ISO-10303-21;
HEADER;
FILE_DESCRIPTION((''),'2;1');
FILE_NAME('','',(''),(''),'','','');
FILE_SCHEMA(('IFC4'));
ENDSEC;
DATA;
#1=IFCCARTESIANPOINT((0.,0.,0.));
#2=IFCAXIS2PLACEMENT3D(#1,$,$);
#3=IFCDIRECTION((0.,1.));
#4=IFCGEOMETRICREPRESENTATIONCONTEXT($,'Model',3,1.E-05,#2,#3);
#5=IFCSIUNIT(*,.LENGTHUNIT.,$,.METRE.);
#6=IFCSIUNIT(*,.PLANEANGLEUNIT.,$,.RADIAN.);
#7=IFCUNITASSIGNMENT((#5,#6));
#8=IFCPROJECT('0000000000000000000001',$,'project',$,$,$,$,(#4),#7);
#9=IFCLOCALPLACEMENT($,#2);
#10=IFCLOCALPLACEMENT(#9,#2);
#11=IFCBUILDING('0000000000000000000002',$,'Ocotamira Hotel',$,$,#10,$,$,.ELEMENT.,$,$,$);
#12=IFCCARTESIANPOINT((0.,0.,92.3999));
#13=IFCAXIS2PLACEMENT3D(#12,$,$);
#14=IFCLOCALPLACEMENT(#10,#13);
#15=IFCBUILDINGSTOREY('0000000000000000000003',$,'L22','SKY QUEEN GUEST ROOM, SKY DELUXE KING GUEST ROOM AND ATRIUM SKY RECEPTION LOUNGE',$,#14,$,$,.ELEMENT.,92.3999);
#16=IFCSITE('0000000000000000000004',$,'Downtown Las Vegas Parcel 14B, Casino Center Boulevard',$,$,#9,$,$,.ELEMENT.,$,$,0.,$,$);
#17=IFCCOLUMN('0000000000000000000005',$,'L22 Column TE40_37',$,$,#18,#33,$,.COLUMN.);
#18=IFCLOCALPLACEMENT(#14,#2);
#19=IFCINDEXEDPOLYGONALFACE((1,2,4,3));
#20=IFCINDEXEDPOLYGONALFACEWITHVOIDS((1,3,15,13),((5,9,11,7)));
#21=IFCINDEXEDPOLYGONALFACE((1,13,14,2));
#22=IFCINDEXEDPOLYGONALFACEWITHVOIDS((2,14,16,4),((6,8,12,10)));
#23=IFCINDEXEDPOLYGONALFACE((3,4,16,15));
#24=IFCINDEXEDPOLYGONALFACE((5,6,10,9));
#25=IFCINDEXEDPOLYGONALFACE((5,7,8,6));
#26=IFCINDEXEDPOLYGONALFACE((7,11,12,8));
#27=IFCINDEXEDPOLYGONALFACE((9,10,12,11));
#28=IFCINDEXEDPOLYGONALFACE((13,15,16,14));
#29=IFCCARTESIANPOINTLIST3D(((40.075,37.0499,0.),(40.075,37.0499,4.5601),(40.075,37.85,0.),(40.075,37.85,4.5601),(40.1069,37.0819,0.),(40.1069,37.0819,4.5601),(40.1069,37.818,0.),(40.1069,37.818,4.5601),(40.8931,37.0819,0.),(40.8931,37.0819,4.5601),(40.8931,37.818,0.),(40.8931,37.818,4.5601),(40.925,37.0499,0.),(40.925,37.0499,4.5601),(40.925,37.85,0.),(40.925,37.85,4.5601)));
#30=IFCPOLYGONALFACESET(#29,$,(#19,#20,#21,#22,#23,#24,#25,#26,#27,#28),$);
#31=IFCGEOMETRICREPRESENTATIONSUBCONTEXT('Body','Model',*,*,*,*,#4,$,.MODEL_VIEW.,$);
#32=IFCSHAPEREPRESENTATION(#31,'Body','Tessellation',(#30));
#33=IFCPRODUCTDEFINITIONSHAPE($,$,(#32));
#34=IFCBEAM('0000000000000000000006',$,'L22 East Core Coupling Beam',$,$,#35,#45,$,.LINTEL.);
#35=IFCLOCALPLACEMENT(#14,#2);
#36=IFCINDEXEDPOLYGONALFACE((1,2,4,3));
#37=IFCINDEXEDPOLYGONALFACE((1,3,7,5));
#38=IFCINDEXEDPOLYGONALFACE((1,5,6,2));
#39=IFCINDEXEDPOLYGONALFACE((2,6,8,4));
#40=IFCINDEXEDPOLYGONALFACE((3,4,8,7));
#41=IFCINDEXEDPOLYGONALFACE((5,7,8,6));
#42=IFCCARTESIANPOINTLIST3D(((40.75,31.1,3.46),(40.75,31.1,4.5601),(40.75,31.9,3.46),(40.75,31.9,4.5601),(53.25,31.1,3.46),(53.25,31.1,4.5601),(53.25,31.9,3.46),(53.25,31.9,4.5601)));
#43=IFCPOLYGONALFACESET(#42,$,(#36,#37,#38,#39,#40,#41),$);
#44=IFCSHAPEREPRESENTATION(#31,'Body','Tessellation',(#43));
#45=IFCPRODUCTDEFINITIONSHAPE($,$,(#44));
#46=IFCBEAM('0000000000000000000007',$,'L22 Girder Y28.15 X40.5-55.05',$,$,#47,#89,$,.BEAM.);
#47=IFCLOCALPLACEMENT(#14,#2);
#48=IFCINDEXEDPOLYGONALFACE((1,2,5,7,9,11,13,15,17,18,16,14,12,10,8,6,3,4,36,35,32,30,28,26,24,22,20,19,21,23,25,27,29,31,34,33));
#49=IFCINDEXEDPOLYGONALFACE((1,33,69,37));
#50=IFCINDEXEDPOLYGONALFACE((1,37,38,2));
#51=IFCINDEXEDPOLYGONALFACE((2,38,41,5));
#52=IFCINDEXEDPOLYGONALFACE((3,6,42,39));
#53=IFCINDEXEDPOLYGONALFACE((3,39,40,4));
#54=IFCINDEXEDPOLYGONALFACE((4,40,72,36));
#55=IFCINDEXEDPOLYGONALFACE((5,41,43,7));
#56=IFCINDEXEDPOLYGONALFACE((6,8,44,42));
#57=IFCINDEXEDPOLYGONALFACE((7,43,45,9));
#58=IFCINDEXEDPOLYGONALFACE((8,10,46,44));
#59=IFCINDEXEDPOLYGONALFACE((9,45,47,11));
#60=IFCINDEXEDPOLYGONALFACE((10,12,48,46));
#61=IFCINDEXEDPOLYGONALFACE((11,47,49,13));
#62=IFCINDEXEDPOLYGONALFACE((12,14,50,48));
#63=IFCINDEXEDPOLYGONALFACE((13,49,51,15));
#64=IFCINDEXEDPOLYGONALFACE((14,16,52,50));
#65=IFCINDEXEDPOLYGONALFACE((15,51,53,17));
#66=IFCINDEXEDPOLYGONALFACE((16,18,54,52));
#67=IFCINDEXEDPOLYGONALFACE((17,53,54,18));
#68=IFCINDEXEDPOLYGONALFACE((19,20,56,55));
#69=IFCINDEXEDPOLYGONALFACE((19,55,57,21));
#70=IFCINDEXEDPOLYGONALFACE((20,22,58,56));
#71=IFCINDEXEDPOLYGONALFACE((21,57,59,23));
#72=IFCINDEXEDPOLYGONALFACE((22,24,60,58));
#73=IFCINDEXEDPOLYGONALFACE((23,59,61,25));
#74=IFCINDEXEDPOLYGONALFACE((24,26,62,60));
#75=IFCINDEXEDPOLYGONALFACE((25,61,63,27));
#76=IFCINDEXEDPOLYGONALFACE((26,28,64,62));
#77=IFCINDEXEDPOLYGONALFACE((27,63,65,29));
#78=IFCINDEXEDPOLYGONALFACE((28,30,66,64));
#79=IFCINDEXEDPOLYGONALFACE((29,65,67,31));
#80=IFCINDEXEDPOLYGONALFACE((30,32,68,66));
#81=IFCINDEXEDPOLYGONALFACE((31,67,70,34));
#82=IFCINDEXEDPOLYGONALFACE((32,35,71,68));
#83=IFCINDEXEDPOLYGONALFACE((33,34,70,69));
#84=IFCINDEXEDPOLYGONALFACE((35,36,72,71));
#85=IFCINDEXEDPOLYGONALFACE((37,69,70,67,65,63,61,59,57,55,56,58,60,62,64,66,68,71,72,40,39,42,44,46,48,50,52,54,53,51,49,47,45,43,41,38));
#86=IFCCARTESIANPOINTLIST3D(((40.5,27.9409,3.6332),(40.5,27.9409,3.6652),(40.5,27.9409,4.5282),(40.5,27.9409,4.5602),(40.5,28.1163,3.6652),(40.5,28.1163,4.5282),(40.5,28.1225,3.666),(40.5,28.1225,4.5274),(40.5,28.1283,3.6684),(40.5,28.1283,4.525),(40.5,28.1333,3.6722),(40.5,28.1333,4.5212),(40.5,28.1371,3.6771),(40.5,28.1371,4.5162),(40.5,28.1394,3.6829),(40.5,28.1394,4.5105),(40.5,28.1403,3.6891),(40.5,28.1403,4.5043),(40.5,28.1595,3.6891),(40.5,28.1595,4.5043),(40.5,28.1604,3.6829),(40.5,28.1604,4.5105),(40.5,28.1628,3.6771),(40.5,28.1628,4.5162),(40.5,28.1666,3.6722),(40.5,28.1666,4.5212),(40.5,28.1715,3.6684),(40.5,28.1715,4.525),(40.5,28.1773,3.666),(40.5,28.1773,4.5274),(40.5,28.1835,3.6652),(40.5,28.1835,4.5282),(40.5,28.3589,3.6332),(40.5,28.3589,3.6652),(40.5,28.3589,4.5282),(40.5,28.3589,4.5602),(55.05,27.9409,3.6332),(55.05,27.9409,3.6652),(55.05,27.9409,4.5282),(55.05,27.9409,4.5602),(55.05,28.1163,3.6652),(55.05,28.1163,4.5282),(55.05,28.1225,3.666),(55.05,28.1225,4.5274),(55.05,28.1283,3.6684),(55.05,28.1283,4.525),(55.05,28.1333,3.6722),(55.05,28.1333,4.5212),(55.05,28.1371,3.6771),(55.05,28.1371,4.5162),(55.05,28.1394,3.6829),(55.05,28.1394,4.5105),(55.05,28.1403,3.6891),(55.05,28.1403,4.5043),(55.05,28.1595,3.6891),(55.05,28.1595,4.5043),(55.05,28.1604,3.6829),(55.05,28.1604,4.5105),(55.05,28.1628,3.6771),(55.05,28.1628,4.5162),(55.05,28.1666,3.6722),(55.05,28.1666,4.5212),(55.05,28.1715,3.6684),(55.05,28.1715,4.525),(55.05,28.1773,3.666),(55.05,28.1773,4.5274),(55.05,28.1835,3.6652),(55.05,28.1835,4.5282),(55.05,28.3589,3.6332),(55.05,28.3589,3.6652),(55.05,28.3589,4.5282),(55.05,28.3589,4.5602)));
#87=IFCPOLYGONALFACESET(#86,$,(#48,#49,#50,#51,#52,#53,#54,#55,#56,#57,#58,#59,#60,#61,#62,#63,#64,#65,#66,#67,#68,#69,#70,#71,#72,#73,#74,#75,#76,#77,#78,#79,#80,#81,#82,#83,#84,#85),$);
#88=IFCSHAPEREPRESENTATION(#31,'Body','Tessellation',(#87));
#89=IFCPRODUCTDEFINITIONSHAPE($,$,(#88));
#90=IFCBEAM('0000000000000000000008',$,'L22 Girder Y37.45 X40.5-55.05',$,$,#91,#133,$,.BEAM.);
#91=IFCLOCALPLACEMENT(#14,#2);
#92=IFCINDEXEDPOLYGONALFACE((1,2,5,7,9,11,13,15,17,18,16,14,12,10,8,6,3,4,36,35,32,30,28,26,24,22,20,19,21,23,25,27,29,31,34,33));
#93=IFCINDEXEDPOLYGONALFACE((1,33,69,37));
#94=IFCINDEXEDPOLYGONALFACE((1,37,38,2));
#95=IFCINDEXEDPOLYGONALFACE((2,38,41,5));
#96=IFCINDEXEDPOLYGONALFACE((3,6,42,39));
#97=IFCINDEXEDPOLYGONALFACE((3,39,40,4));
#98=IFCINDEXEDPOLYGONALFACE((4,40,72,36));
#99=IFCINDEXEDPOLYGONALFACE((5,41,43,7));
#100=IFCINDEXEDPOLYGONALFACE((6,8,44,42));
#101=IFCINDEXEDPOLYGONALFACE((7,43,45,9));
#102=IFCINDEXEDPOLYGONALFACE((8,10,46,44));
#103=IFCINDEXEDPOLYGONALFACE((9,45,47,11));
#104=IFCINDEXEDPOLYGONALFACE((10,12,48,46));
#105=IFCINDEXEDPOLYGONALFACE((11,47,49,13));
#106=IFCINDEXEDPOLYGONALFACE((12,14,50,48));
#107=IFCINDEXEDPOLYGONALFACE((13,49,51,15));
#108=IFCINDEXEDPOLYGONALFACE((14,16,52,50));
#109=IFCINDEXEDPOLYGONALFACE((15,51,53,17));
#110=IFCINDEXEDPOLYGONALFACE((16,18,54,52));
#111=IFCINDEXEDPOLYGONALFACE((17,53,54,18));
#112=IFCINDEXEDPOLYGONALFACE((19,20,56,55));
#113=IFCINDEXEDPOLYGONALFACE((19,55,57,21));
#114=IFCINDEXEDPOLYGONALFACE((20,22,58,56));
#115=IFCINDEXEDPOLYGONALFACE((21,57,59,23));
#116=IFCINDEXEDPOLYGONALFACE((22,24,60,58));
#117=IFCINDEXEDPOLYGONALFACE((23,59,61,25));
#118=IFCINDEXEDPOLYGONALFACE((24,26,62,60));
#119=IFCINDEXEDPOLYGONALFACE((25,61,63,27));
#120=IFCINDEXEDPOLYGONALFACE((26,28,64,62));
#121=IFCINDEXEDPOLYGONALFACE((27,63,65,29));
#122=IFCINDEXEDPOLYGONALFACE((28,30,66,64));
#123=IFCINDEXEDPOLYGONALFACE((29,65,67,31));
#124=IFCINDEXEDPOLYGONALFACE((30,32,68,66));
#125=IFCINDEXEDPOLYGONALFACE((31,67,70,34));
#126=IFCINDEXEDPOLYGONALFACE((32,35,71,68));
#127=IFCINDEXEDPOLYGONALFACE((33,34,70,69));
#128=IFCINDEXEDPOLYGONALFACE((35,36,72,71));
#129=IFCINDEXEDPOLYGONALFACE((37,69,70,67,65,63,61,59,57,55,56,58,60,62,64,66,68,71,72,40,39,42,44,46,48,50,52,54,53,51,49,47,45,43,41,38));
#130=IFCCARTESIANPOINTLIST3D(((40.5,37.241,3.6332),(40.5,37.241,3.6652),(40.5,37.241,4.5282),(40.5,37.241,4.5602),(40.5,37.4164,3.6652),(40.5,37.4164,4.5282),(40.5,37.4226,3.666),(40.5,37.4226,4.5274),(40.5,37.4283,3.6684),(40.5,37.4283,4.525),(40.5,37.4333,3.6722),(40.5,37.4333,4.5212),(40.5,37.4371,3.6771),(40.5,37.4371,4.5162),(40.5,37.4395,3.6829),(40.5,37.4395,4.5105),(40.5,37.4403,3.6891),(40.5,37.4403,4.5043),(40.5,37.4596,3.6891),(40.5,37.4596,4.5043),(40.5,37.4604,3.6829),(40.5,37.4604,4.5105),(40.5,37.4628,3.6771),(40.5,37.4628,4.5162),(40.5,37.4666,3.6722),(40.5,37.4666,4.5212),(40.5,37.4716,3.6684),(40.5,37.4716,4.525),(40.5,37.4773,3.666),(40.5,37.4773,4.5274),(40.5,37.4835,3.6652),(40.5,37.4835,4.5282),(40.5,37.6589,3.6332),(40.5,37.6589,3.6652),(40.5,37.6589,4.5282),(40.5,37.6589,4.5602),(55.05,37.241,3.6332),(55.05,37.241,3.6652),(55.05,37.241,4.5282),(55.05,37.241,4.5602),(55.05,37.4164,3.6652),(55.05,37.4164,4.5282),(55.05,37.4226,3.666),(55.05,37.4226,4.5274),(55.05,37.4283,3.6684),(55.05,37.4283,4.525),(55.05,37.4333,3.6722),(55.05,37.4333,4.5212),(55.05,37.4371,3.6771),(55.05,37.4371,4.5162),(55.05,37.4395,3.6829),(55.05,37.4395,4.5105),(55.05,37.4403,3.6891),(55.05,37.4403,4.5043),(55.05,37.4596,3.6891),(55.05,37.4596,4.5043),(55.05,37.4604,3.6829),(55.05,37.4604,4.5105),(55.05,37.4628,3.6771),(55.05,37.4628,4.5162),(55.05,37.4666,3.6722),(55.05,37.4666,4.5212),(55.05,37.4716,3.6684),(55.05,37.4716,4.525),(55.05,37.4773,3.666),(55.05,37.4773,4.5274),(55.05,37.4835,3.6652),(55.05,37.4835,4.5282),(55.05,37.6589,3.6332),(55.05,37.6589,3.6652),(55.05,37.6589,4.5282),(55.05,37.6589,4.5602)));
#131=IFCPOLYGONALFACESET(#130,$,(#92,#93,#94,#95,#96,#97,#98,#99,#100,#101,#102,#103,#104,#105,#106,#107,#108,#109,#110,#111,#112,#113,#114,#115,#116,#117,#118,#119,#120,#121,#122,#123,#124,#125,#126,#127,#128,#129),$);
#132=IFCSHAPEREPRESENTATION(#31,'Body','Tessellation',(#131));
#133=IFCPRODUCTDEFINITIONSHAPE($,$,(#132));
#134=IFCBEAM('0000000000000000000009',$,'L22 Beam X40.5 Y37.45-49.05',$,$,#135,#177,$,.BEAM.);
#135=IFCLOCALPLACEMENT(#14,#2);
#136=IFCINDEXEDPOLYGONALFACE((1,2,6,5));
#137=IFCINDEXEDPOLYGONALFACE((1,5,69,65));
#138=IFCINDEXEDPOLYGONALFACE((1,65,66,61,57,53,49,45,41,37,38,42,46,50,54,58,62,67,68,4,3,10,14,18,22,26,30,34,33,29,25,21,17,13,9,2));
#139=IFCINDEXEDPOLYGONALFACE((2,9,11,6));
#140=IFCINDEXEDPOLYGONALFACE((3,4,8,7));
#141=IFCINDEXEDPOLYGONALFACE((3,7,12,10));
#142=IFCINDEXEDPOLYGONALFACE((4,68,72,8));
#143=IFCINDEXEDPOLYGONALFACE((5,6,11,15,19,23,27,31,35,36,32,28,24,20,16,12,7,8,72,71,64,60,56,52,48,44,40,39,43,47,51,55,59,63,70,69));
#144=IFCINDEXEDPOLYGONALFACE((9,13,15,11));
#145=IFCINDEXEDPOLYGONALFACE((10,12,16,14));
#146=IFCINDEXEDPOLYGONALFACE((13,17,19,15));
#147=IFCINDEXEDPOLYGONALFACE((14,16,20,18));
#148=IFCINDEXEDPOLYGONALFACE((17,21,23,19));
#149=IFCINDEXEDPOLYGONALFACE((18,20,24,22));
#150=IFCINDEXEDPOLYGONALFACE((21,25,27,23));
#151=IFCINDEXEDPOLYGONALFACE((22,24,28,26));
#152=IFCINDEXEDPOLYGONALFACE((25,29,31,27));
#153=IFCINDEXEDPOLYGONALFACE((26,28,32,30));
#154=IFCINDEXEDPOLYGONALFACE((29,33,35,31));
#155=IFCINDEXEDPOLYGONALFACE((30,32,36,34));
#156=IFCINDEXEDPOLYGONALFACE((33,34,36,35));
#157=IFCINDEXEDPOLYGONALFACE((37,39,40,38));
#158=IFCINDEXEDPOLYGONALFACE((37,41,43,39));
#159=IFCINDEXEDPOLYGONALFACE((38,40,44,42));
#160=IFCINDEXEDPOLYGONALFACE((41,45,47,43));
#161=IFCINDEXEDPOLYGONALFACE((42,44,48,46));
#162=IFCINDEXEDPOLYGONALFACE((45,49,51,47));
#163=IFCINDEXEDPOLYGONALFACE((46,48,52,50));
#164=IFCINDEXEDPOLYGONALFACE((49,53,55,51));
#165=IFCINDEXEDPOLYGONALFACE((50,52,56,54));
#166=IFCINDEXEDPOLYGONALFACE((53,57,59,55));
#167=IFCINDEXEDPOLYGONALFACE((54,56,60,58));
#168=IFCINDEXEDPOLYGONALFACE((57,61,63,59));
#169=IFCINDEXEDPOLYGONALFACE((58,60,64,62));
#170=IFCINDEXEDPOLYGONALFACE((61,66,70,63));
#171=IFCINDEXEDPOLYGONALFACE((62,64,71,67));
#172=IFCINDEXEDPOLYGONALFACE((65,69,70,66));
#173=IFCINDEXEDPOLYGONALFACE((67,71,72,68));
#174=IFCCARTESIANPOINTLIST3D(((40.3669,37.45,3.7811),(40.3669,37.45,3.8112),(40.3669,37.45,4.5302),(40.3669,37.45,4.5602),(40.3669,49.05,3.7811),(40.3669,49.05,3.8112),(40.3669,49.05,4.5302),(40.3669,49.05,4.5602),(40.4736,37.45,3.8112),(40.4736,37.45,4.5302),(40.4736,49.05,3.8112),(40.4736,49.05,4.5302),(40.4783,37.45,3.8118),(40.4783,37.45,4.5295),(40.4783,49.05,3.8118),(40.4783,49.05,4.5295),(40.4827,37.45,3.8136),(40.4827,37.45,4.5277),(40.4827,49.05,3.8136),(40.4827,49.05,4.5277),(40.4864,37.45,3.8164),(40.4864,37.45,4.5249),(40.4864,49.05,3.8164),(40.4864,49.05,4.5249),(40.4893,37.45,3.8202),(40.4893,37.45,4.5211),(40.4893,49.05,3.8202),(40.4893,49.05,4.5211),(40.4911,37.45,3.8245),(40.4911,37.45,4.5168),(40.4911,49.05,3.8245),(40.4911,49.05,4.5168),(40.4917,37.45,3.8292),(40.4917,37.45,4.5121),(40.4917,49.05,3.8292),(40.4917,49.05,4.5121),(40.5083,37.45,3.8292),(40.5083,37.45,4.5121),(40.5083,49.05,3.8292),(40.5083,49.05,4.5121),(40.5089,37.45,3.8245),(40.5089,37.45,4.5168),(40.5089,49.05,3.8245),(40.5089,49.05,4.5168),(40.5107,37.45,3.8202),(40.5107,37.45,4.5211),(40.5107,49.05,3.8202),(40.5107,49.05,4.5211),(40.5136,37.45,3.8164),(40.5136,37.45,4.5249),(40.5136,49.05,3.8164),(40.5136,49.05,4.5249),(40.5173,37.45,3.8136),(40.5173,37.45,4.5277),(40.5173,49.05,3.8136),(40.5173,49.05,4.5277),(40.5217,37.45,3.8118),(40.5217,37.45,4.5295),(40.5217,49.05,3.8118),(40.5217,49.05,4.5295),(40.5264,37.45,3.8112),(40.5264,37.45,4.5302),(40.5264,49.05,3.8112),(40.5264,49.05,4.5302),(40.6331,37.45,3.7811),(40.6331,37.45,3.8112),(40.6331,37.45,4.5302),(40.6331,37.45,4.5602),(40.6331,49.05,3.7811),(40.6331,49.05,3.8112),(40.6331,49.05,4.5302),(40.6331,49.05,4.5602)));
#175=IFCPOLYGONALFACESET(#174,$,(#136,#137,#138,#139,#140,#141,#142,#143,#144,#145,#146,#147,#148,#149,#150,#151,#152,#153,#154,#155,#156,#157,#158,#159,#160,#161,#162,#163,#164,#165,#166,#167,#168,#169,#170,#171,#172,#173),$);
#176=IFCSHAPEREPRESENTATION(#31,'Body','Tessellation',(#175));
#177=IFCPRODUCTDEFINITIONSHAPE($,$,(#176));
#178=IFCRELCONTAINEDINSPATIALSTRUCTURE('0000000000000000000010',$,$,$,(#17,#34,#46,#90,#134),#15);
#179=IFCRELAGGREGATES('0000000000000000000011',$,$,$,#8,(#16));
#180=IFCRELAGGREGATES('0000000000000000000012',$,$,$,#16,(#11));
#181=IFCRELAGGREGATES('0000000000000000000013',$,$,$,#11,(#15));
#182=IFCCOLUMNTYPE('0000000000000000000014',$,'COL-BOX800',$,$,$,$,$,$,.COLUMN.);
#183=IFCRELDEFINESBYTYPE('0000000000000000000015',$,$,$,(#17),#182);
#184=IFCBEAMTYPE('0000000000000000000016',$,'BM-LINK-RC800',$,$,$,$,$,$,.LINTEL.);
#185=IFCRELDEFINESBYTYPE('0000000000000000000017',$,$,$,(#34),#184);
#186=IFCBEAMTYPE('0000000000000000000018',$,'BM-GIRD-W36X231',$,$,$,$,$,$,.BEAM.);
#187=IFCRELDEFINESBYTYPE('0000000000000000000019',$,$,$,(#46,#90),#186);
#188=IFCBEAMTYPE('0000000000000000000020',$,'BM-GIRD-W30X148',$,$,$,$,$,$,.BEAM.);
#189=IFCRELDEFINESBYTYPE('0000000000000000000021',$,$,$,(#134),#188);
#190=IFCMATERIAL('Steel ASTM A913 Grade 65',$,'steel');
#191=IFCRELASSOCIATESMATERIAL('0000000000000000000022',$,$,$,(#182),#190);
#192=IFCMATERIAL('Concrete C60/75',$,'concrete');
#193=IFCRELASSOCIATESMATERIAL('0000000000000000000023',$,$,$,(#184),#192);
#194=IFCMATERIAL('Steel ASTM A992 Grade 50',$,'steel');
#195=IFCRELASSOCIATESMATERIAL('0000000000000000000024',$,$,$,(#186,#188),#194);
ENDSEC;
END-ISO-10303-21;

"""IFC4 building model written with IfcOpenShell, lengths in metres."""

from ifc_helpers import new_model, si_unit, direction, frame, origin, origin_2d, place, context, subcontext, project, spatial, rectangle, hollow_rectangle, i_section, extrude, source, transform, mapped, material, material_profile, profile_set, type_object, element, save


model = new_model("IFC4")

# Units and contexts
model_context = context("Model", 3, precision=1e-05, world=origin(), true_north=direction((0.0, 1.0)))
body_context = subcontext(model_context, "Body", "Model", "MODEL_VIEW")
ifc_project = project(units=[si_unit("LENGTHUNIT", "METRE"), si_unit("PLANEANGLEUNIT", "RADIAN")], contexts=[model_context])

# Site, building, storey
site_placement = place(None, origin())
site = spatial("IfcSite", under=ifc_project, at=site_placement, Name="Downtown Las Vegas Parcel 14B, Casino Center Boulevard", CompositionType="ELEMENT", RefElevation=0.0)
building_placement = place(site_placement, origin())
building = spatial("IfcBuilding", under=site, at=building_placement, Name="Ocotamira Hotel", CompositionType="ELEMENT")
storey_placement = place(building_placement, frame((0.0, 0.0, 92.3999)))
storey = spatial("IfcBuildingStorey", under=building, at=storey_placement, Name="L22", Description="SKY QUEEN GUEST ROOM, SKY DELUXE KING GUEST ROOM AND ATRIUM SKY RECEPTION LOUNGE", CompositionType="ELEMENT", Elevation=92.3999)

# Column
ifc_material_1 = material(Name="Steel ASTM A913 Grade 65", Category="steel")
ifc_material_profile_1 = material_profile(ifc_material_1, hollow_rectangle(XDim=0.8501, YDim=0.8, WallThickness=0.032, at=origin_2d()), Name="BOX800X850X32")
ifc_profile_set_1 = profile_set([ifc_material_profile_1], Name="Steel ASTM A913 Grade 65")
column_type = type_object("IfcColumnType", Name="COL-BOX800", PredefinedType="COLUMN", material=ifc_profile_set_1)
shared_shape_1 = source(origin(), body_context, "Body", "SweptSolid", [
    extrude(hollow_rectangle(XDim=0.8501, YDim=0.8, WallThickness=0.032, at=origin_2d()), origin(), (0.0, 0.0, 1.0), 4.5601),
])
column_placement = place(storey_placement, frame((40.5, 37.45, 0.0), z_axis=(0.0, 0.0, 1.0), x_axis=(1.0, 0.0, 0.0)))
element("IfcColumn", 1, at=column_placement, inside=storey, type_object=column_type, Name="L22 Column TE40_37", PredefinedType="COLUMN", context=body_context, shape_type="MappedRepresentation", body=[
    mapped(shared_shape_1, transform((0.0, 0.0, 0.0), scale=1.0)),
])

# Beams
ifc_material_2 = material(Name="Concrete C60/75", Category="concrete")
ifc_material_profile_2 = material_profile(ifc_material_2, rectangle(XDim=0.8, YDim=1.1001, at=origin_2d()), Name="RC800X1100")
ifc_profile_set_2 = profile_set([ifc_material_profile_2], Name="Concrete C60/75")
beam_type_1 = type_object("IfcBeamType", Name="BM-LINK-RC800", PredefinedType="LINTEL", material=ifc_profile_set_2)
shared_shape_2 = source(origin(), body_context, "Body", "SweptSolid", [
    extrude(rectangle(XDim=0.8, YDim=1.1001, at=origin_2d()), origin(), (0.0, 0.0, 1.0), 12.5),
])
beam_1_placement = place(storey_placement, frame((40.75, 31.5, 4.01), z_axis=(1.0, 0.0, 0.0), x_axis=(0.0, 1.0, 0.0)))
element("IfcBeam", 2, at=beam_1_placement, inside=storey, type_object=beam_type_1, Name="L22 East Core Coupling Beam", PredefinedType="LINTEL", context=body_context, shape_type="MappedRepresentation", body=[
    mapped(shared_shape_2, transform((0.0, 0.0, 0.0), scale=1.0)),
])
ifc_material_3 = material(Name="Steel ASTM A992 Grade 50", Category="steel")
ifc_material_profile_3 = material_profile(ifc_material_3, i_section(OverallWidth=0.418, OverallDepth=0.927, WebThickness=0.0193, FlangeThickness=0.032, FilletRadius=0.0239, at=origin_2d()), Name="W36X231")
ifc_profile_set_3 = profile_set([ifc_material_profile_3], Name="Steel ASTM A992 Grade 50")
beam_type_2 = type_object("IfcBeamType", Name="BM-GIRD-W36X231", PredefinedType="BEAM", material=ifc_profile_set_3)
shared_shape_3 = source(origin(), body_context, "Body", "SweptSolid", [
    extrude(i_section(OverallWidth=0.418, OverallDepth=0.927, WebThickness=0.0193, FlangeThickness=0.032, FilletRadius=0.0239, at=origin_2d()), origin(), (0.0, 0.0, 1.0), 14.55),
])
for number, where, z_axis, x_axis, name in (
    (3, (40.5, 28.1499, 4.0967), (1.0, 0.0, 0.0), (0.0, 1.0, 0.0), "L22 Girder Y28.15 X40.5-55.05"),
    (4, (40.5, 37.45, 4.0967), (1.0, 0.0, 0.0), (0.0, 1.0, 0.0), "L22 Girder Y37.45 X40.5-55.05"),
):
    element("IfcBeam", number, at=place(storey_placement, frame(where, z_axis=z_axis, x_axis=x_axis)), inside=storey, type_object=beam_type_2, Name=name, PredefinedType="BEAM", context=body_context, shape_type="MappedRepresentation", body=[
        mapped(shared_shape_3, transform((0.0, 0.0, 0.0), scale=1.0)),
    ])
ifc_material_profile_4 = material_profile(ifc_material_3, i_section(OverallWidth=0.2661, OverallDepth=0.7791, WebThickness=0.0166, FlangeThickness=0.03, FilletRadius=0.0181, at=origin_2d()), Name="W30X148")
ifc_profile_set_4 = profile_set([ifc_material_profile_4], Name="Steel ASTM A992 Grade 50")
beam_type_3 = type_object("IfcBeamType", Name="BM-GIRD-W30X148", PredefinedType="BEAM", material=ifc_profile_set_4)
shared_shape_4 = source(origin(), body_context, "Body", "SweptSolid", [
    extrude(i_section(OverallWidth=0.2661, OverallDepth=0.7791, WebThickness=0.0166, FlangeThickness=0.03, FilletRadius=0.0181, at=origin_2d()), origin(), (0.0, 0.0, 1.0), 11.6001),
])
beam_2_placement = place(storey_placement, frame((40.5, 37.45, 4.1707), z_axis=(0.0, 1.0, 0.0), x_axis=(-1.0, 0.0, 0.0)))
element("IfcBeam", 5, at=beam_2_placement, inside=storey, type_object=beam_type_3, Name="L22 Beam X40.5 Y37.45-49.05", PredefinedType="BEAM", context=body_context, shape_type="MappedRepresentation", body=[
    mapped(shared_shape_4, transform((0.0, 0.0, 0.0), scale=1.0)),
])

save(model, "model.ifc")
